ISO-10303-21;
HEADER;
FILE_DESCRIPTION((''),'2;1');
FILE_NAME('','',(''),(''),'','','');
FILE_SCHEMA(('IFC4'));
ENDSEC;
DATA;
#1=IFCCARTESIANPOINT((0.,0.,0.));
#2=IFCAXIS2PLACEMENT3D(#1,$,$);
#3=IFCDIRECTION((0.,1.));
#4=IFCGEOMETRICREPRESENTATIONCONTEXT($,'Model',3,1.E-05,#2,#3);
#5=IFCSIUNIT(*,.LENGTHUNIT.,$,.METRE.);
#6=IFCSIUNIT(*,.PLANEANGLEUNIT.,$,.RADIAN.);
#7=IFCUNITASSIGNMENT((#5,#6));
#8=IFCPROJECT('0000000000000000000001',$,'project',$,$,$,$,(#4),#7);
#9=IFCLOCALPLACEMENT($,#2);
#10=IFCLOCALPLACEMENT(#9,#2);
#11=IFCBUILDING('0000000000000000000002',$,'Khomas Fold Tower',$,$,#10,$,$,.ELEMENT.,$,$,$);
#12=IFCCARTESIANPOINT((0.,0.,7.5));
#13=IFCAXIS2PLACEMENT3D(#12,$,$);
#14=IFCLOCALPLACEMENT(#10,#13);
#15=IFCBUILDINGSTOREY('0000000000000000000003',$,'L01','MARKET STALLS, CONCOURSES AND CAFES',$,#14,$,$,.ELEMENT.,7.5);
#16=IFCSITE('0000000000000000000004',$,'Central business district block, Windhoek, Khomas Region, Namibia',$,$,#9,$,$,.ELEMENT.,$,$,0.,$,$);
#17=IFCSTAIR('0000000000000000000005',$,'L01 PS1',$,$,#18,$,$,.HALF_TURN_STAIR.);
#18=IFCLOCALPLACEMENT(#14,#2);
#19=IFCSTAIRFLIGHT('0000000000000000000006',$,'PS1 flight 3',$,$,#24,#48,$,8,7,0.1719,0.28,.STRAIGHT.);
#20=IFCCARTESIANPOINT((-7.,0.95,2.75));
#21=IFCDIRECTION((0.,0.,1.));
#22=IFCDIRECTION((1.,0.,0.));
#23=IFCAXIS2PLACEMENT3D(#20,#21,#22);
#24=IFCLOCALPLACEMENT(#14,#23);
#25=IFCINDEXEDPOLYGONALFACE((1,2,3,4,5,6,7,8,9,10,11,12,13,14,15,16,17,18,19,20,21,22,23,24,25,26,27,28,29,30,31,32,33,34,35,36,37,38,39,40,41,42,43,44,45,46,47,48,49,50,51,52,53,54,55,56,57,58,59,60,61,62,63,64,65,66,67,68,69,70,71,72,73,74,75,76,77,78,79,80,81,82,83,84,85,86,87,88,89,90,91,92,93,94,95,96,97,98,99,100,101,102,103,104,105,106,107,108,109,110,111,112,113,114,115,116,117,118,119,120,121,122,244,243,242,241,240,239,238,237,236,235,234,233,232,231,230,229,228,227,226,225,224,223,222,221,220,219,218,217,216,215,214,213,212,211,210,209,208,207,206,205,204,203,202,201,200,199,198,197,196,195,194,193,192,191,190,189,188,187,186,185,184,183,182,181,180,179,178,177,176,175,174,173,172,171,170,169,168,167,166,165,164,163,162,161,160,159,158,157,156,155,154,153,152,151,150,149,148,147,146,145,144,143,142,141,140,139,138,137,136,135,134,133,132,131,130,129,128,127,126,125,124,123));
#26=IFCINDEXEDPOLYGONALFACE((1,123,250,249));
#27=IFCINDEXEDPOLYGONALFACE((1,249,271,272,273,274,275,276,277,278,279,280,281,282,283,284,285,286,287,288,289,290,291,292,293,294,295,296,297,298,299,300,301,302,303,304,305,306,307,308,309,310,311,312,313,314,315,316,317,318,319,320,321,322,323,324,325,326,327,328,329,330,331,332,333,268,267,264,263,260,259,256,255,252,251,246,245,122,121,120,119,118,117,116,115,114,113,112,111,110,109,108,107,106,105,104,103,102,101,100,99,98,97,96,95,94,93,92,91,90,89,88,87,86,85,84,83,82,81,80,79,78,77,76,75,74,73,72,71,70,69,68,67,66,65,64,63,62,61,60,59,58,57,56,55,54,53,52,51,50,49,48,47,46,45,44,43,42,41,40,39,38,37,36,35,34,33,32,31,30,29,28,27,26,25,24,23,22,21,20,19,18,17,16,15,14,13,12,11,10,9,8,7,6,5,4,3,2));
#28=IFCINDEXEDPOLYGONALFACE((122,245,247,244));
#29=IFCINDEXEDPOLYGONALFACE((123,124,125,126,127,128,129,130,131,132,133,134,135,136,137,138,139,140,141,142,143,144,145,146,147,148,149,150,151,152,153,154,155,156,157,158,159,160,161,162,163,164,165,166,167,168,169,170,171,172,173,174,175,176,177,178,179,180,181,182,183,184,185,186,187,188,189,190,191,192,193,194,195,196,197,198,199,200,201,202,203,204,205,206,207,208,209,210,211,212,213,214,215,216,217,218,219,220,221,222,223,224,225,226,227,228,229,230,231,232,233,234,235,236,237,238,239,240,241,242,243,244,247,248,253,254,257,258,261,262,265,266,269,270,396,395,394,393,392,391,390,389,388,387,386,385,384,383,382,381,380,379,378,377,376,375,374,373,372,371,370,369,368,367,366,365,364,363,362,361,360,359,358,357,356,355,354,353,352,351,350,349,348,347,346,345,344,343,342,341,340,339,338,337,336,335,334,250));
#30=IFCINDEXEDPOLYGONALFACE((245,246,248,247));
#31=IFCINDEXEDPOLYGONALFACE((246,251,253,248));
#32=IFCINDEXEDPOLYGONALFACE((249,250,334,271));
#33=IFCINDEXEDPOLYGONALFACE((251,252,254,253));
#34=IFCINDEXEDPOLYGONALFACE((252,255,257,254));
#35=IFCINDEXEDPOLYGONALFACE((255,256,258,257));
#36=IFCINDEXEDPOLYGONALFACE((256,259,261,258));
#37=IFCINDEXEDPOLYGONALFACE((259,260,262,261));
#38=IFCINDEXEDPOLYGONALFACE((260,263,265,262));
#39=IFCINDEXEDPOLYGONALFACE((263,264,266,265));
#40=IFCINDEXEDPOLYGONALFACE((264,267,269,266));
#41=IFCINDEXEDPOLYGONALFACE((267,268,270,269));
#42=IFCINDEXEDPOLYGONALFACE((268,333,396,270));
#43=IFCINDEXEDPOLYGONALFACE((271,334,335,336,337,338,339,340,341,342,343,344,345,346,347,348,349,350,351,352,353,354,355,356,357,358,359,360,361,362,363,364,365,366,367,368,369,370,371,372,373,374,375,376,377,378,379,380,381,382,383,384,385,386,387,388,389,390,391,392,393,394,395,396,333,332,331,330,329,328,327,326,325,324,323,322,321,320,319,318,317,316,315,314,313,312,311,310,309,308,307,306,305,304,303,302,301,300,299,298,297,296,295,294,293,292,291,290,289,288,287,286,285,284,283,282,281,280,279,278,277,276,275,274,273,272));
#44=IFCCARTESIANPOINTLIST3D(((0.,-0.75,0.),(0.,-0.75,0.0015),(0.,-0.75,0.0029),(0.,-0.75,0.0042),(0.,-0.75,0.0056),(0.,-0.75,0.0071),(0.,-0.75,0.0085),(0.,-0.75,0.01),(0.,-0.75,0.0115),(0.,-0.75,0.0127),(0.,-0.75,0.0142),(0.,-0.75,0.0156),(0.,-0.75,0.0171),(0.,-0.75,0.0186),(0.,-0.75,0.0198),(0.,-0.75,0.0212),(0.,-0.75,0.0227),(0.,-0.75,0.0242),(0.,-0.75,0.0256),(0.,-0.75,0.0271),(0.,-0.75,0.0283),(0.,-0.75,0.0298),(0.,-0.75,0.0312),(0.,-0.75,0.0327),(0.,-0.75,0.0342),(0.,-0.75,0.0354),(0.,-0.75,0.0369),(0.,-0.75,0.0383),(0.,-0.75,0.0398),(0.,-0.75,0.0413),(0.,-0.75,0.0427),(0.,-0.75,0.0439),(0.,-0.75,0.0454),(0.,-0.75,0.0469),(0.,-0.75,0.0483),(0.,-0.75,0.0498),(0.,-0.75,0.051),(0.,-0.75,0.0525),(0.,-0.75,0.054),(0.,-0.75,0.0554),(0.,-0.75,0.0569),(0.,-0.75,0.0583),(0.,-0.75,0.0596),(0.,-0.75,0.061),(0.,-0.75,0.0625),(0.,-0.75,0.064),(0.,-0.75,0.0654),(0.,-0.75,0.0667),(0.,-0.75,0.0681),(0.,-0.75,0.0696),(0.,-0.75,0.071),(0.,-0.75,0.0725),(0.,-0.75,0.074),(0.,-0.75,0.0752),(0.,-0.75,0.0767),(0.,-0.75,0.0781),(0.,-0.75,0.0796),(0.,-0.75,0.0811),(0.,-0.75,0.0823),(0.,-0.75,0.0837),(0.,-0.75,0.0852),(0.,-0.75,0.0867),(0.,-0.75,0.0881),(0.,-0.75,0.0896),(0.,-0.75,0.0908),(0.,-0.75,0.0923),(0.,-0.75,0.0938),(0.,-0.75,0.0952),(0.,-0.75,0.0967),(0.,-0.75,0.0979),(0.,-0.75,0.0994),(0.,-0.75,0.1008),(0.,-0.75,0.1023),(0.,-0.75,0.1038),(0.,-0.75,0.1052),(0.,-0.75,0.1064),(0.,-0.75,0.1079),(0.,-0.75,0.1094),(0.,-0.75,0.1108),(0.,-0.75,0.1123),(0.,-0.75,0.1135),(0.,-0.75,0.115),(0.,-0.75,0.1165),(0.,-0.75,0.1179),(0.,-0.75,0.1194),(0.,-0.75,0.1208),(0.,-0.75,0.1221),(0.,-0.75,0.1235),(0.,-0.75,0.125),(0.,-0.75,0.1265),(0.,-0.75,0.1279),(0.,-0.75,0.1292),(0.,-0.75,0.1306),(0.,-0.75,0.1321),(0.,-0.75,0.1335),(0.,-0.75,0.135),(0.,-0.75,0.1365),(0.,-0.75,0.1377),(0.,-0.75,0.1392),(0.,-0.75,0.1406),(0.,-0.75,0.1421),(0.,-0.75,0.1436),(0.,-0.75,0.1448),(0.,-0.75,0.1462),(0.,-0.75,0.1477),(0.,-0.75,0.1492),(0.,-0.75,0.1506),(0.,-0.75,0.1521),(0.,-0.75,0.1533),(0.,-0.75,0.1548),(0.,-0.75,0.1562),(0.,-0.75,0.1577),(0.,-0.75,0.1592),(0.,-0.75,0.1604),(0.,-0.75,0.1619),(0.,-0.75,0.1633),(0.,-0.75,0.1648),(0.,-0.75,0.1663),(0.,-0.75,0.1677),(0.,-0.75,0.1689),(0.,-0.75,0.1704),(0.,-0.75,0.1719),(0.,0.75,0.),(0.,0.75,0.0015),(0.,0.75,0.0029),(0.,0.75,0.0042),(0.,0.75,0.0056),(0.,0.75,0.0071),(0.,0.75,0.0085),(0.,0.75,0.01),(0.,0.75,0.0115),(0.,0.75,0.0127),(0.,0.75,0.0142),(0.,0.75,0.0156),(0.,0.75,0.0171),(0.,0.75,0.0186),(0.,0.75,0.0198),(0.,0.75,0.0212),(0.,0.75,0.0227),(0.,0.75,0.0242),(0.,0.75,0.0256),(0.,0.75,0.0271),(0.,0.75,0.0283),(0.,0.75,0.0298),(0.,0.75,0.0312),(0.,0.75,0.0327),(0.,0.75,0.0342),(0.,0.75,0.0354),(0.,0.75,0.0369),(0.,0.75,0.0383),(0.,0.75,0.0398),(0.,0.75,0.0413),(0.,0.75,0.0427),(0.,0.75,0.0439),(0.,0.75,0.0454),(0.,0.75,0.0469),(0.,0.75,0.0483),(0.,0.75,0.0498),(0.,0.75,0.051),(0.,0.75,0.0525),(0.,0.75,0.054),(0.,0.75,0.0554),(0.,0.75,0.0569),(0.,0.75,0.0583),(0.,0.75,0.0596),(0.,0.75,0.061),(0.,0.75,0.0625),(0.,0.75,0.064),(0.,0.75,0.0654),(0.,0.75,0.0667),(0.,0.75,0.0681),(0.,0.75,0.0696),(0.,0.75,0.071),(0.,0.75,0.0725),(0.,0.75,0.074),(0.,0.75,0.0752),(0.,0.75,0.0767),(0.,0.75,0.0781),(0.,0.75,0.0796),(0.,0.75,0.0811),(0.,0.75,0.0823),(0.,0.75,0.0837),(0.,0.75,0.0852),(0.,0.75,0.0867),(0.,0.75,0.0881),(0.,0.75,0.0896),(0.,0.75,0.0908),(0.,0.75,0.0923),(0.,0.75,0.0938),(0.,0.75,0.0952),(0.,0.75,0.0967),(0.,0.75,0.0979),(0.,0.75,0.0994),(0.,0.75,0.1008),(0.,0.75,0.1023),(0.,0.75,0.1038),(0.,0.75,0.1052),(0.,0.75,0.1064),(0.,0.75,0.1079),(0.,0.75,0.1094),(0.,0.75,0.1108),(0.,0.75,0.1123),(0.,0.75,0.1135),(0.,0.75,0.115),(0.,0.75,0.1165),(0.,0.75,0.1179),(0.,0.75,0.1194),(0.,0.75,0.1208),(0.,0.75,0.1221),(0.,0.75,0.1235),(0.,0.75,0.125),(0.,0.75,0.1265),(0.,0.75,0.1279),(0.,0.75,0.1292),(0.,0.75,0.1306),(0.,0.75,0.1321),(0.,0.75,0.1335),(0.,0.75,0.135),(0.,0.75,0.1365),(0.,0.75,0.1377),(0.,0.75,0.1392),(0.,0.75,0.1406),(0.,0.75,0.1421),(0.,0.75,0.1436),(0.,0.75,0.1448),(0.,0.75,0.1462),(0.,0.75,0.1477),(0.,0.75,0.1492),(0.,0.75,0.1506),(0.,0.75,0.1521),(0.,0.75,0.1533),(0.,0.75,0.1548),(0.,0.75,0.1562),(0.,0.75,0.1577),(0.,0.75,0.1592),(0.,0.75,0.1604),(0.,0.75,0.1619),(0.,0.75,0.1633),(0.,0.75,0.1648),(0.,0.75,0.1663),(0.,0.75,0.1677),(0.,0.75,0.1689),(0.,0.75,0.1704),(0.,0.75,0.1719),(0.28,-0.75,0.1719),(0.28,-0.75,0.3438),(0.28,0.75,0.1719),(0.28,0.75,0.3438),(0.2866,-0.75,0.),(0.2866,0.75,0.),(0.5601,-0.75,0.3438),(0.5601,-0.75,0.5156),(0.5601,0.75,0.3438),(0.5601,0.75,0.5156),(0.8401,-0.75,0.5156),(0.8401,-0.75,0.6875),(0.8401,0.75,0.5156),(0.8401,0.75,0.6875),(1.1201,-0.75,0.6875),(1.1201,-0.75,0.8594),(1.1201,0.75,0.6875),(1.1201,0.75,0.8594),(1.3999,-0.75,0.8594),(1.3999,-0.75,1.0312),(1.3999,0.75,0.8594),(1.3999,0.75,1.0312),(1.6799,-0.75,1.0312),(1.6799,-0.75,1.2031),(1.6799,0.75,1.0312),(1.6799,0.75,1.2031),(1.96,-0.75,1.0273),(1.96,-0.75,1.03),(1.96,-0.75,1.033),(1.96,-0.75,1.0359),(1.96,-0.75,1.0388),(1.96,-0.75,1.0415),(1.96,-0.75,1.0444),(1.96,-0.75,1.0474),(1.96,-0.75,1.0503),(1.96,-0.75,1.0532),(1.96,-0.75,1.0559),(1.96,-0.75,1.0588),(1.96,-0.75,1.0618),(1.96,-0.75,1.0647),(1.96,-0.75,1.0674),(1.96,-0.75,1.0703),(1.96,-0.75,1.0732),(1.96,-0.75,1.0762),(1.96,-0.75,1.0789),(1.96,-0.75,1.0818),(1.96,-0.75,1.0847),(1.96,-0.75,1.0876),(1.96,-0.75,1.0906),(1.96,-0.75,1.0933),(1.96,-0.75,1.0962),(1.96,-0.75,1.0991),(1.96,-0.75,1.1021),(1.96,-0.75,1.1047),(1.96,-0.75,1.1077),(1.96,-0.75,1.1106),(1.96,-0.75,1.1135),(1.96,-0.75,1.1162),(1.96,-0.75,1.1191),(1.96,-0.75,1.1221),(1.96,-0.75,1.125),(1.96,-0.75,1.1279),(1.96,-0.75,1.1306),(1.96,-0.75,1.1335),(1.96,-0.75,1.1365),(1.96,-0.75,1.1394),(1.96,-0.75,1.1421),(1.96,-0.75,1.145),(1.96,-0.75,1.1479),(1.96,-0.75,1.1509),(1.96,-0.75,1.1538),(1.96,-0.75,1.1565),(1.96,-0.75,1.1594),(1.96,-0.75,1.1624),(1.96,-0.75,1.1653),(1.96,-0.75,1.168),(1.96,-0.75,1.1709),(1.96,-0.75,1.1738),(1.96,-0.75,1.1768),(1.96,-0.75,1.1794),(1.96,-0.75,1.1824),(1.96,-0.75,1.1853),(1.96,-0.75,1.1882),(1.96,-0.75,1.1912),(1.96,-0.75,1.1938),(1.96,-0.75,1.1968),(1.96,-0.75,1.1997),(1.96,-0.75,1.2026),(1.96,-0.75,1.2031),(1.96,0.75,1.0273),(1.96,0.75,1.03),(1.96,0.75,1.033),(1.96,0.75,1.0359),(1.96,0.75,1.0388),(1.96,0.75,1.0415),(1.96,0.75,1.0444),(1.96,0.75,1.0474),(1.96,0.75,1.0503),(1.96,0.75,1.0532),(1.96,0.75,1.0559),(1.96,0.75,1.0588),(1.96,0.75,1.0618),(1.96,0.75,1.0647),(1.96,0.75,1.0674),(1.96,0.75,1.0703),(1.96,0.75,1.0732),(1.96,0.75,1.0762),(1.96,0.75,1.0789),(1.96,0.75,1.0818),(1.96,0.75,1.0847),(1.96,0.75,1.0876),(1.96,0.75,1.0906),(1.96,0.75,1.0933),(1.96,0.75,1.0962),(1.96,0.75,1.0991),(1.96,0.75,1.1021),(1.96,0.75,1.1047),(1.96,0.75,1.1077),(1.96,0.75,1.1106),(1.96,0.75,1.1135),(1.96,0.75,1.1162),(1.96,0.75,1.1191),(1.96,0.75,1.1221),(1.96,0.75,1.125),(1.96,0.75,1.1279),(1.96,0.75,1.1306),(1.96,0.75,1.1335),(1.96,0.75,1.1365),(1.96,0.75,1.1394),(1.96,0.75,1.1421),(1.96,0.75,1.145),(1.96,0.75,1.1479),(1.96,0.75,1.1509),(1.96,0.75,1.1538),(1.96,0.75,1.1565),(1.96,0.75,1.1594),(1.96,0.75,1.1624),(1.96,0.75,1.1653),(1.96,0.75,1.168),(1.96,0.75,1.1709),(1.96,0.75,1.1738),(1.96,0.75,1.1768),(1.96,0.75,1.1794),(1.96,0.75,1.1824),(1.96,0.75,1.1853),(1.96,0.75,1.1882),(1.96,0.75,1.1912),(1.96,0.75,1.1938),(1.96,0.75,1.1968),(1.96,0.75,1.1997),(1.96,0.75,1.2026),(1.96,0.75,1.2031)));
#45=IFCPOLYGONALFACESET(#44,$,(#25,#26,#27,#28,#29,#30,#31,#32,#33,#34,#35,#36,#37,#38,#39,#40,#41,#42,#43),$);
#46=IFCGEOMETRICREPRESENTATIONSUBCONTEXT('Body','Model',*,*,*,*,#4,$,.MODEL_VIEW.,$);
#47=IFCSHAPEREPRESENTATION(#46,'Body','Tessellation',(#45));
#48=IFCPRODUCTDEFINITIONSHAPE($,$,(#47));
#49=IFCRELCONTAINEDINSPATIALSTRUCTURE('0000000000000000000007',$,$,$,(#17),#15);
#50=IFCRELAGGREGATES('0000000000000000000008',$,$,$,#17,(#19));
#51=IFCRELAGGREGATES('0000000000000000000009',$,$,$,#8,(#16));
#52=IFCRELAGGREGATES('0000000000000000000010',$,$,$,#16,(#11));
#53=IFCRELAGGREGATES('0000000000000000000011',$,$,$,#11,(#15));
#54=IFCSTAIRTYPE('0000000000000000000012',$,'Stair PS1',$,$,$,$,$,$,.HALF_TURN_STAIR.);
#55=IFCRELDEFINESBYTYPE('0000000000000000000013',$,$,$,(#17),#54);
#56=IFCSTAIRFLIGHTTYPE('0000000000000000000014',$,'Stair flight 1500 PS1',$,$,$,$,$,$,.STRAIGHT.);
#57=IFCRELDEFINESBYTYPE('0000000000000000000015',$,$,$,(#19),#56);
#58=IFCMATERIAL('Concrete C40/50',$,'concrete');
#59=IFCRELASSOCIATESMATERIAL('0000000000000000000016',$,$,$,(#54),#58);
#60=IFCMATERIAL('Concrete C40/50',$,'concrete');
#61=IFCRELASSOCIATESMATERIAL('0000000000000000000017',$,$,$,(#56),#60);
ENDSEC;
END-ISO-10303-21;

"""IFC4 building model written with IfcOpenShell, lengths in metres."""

from ifc_helpers import new_model, si_unit, direction, frame, origin, place, context, subcontext, project, spatial, polyline, outline, extrude, source, transform, mapped, material, type_object, element, aggregate, save


model = new_model("IFC4")

# Units and contexts
model_context = context("Model", 3, precision=1e-05, world=origin(), true_north=direction((0.0, 1.0)))
body_context = subcontext(model_context, "Body", "Model", "MODEL_VIEW")
ifc_project = project(units=[si_unit("LENGTHUNIT", "METRE"), si_unit("PLANEANGLEUNIT", "RADIAN")], contexts=[model_context])

# Site, building, storey
site_placement = place(None, origin())
site = spatial("IfcSite", under=ifc_project, at=site_placement, Name="Central business district block, Windhoek, Khomas Region, Namibia", CompositionType="ELEMENT", RefElevation=0.0)
building_placement = place(site_placement, origin())
building = spatial("IfcBuilding", under=site, at=building_placement, Name="Khomas Fold Tower", CompositionType="ELEMENT")
storey_placement = place(building_placement, frame((0.0, 0.0, 7.5)))
storey = spatial("IfcBuildingStorey", under=building, at=storey_placement, Name="L01", Description="MARKET STALLS, CONCOURSES AND CAFES", CompositionType="ELEMENT", Elevation=7.5)

# Stair, stair flight
ifc_material_1 = material(Name="Concrete C40/50", Category="concrete")
stair_type = type_object("IfcStairType", Name="Stair PS1", PredefinedType="HALF_TURN_STAIR", material=ifc_material_1)
stair_placement = place(storey_placement, origin())
stair = element("IfcStair", 1, at=stair_placement, inside=storey, type_object=stair_type, Name="L01 PS1", PredefinedType="HALF_TURN_STAIR")
ifc_material_2 = material(Name="Concrete C40/50", Category="concrete")
stair_flight_type = type_object("IfcStairFlightType", Name="Stair flight 1500 PS1", PredefinedType="STRAIGHT", material=ifc_material_2)
shared_shape_1 = source(origin(), body_context, "Body", "SweptSolid", [
    extrude(outline(polyline([(0.0, 0.0), (0.0, 0.0015), (0.0, 0.0029), (0.0, 0.0042), (0.0, 0.0056), (0.0, 0.0071), (0.0, 0.0085), (0.0, 0.01), (0.0, 0.0115), (0.0, 0.0127), (0.0, 0.0142), (0.0, 0.0156), (0.0, 0.0171), (0.0, 0.0186), (0.0, 0.0198), (0.0, 0.0212), (0.0, 0.0227), (0.0, 0.0242), (0.0, 0.0256), (0.0, 0.0271), (0.0, 0.0283), (0.0, 0.0298), (0.0, 0.0312), (0.0, 0.0327), (0.0, 0.0342), (0.0, 0.0354), (0.0, 0.0369), (0.0, 0.0383), (0.0, 0.0398), (0.0, 0.0413), (0.0, 0.0427), (0.0, 0.0439), (0.0, 0.0454), (0.0, 0.0469), (0.0, 0.0483), (0.0, 0.0498), (0.0, 0.051), (0.0, 0.0525), (0.0, 0.054), (0.0, 0.0554), (0.0, 0.0569), (0.0, 0.0583), (0.0, 0.0596), (0.0, 0.061), (0.0, 0.0625), (0.0, 0.064), (0.0, 0.0654), (0.0, 0.0667), (0.0, 0.0681), (0.0, 0.0696), (0.0, 0.071), (0.0, 0.0725), (0.0, 0.074), (0.0, 0.0752), (0.0, 0.0767), (0.0, 0.0781), (0.0, 0.0796), (0.0, 0.0811), (0.0, 0.0823), (0.0, 0.0837), (0.0, 0.0852), (0.0, 0.0867), (0.0, 0.0881), (0.0, 0.0896), (0.0, 0.0908), (0.0, 0.0923), (0.0, 0.0938), (0.0, 0.0952), (0.0, 0.0967), (0.0, 0.0979), (0.0, 0.0994), (0.0, 0.1008), (0.0, 0.1023), (0.0, 0.1038), (0.0, 0.1052), (0.0, 0.1064), (0.0, 0.1079), (0.0, 0.1094), (0.0, 0.1108), (0.0, 0.1123), (0.0, 0.1135), (0.0, 0.115), (0.0, 0.1165), (0.0, 0.1179), (0.0, 0.1194), (0.0, 0.1208), (0.0, 0.1221), (0.0, 0.1235), (0.0, 0.125), (0.0, 0.1265), (0.0, 0.1279), (0.0, 0.1292), (0.0, 0.1306), (0.0, 0.1321), (0.0, 0.1335), (0.0, 0.135), (0.0, 0.1365), (0.0, 0.1377), (0.0, 0.1392), (0.0, 0.1406), (0.0, 0.1421), (0.0, 0.1436), (0.0, 0.1448), (0.0, 0.1462), (0.0, 0.1477), (0.0, 0.1492), (0.0, 0.1506), (0.0, 0.1521), (0.0, 0.1533), (0.0, 0.1548), (0.0, 0.1562), (0.0, 0.1577), (0.0, 0.1592), (0.0, 0.1604), (0.0, 0.1619), (0.0, 0.1633), (0.0, 0.1648), (0.0, 0.1663), (0.0, 0.1677), (0.0, 0.1689), (0.0, 0.1704), (0.0, 0.1719), (0.28, 0.1719), (0.28, 0.3438), (0.5601, 0.3438), (0.5601, 0.5156), (0.8401, 0.5156), (0.8401, 0.6875), (1.1201, 0.6875), (1.1201, 0.8594), (1.3999, 0.8594), (1.3999, 1.0312), (1.6799, 1.0312), (1.6799, 1.2031), (1.96, 1.2031), (1.96, 1.375), (1.96, 1.3721), (1.96, 1.3691), (1.96, 1.3665), (1.96, 1.3635), (1.96, 1.3606), (1.96, 1.3577), (1.96, 1.355), (1.96, 1.3521), (1.96, 1.3491), (1.96, 1.3462), (1.96, 1.3435), (1.96, 1.3406), (1.96, 1.3376), (1.96, 1.3347), (1.96, 1.3318), (1.96, 1.3291), (1.96, 1.3262), (1.96, 1.3232), (1.96, 1.3203), (1.96, 1.3176), (1.96, 1.3147), (1.96, 1.3118), (1.96, 1.3088), (1.96, 1.3059), (1.96, 1.3032), (1.96, 1.3003), (1.96, 1.2974), (1.96, 1.2944), (1.96, 1.2917), (1.96, 1.2888), (1.96, 1.2859), (1.96, 1.283), (1.96, 1.2803), (1.96, 1.2773), (1.96, 1.2744), (1.96, 1.2715), (1.96, 1.2686), (1.96, 1.2659), (1.96, 1.2629), (1.96, 1.26), (1.96, 1.2571), (1.96, 1.2544), (1.96, 1.2515), (1.96, 1.2485), (1.96, 1.2456), (1.96, 1.2427), (1.96, 1.24), (1.96, 1.2371), (1.96, 1.2341), (1.96, 1.2312), (1.96, 1.2285), (1.96, 1.2256), (1.96, 1.2227), (1.96, 1.2197), (1.96, 1.217), (1.96, 1.2141), (1.96, 1.2112), (1.96, 1.2083), (1.96, 1.2053), (1.96, 1.2026), (1.96, 1.1997), (1.96, 1.1968), (1.96, 1.1938), (1.96, 1.1912), (1.96, 1.1882), (1.96, 1.1853), (1.96, 1.1824), (1.96, 1.1794), (1.96, 1.1768), (1.96, 1.1738), (1.96, 1.1709), (1.96, 1.168), (1.96, 1.1653), (1.96, 1.1624), (1.96, 1.1594), (1.96, 1.1565), (1.96, 1.1538), (1.96, 1.1509), (1.96, 1.1479), (1.96, 1.145), (1.96, 1.1421), (1.96, 1.1394), (1.96, 1.1365), (1.96, 1.1335), (1.96, 1.1306), (1.96, 1.1279), (1.96, 1.125), (1.96, 1.1221), (1.96, 1.1191), (1.96, 1.1162), (1.96, 1.1135), (1.96, 1.1106), (1.96, 1.1077), (1.96, 1.1047), (1.96, 1.1021), (1.96, 1.0991), (1.96, 1.0962), (1.96, 1.0933), (1.96, 1.0906), (1.96, 1.0876), (1.96, 1.0847), (1.96, 1.0818), (1.96, 1.0789), (1.96, 1.0762), (1.96, 1.0732), (1.96, 1.0703), (1.96, 1.0674), (1.96, 1.0647), (1.96, 1.0618), (1.96, 1.0588), (1.96, 1.0559), (1.96, 1.0532), (1.96, 1.0503), (1.96, 1.0474), (1.96, 1.0444), (1.96, 1.0415), (1.96, 1.0388), (1.96, 1.0359), (1.96, 1.033), (1.96, 1.03), (1.96, 1.0273), (0.2866, 0.0), (0.0, 0.0)])), frame((0.0, 0.75, 0.0), z_axis=(0.0, -1.0, 0.0), x_axis=(1.0, 0.0, 0.0)), (0.0, 0.0, 1.0), 1.5),
])
stair_flight_1_placement = place(storey_placement, frame((-7.0, 0.95, 2.75), z_axis=(0.0, 0.0, 1.0), x_axis=(1.0, 0.0, 0.0)))
stair_flight_1 = element("IfcStairFlight", 2, at=stair_flight_1_placement, type_object=stair_flight_type, Name="PS1 flight 3", NumberOfRisers=8, NumberOfTreads=7, PredefinedType="STRAIGHT", RiserHeight=0.1719, TreadLength=0.28, context=body_context, shape_type="MappedRepresentation", body=[
    mapped(shared_shape_1, transform((0.0, 0.0, 0.0))),
])
aggregate(stair, [stair_flight_1])

save(model, "model.ifc")
